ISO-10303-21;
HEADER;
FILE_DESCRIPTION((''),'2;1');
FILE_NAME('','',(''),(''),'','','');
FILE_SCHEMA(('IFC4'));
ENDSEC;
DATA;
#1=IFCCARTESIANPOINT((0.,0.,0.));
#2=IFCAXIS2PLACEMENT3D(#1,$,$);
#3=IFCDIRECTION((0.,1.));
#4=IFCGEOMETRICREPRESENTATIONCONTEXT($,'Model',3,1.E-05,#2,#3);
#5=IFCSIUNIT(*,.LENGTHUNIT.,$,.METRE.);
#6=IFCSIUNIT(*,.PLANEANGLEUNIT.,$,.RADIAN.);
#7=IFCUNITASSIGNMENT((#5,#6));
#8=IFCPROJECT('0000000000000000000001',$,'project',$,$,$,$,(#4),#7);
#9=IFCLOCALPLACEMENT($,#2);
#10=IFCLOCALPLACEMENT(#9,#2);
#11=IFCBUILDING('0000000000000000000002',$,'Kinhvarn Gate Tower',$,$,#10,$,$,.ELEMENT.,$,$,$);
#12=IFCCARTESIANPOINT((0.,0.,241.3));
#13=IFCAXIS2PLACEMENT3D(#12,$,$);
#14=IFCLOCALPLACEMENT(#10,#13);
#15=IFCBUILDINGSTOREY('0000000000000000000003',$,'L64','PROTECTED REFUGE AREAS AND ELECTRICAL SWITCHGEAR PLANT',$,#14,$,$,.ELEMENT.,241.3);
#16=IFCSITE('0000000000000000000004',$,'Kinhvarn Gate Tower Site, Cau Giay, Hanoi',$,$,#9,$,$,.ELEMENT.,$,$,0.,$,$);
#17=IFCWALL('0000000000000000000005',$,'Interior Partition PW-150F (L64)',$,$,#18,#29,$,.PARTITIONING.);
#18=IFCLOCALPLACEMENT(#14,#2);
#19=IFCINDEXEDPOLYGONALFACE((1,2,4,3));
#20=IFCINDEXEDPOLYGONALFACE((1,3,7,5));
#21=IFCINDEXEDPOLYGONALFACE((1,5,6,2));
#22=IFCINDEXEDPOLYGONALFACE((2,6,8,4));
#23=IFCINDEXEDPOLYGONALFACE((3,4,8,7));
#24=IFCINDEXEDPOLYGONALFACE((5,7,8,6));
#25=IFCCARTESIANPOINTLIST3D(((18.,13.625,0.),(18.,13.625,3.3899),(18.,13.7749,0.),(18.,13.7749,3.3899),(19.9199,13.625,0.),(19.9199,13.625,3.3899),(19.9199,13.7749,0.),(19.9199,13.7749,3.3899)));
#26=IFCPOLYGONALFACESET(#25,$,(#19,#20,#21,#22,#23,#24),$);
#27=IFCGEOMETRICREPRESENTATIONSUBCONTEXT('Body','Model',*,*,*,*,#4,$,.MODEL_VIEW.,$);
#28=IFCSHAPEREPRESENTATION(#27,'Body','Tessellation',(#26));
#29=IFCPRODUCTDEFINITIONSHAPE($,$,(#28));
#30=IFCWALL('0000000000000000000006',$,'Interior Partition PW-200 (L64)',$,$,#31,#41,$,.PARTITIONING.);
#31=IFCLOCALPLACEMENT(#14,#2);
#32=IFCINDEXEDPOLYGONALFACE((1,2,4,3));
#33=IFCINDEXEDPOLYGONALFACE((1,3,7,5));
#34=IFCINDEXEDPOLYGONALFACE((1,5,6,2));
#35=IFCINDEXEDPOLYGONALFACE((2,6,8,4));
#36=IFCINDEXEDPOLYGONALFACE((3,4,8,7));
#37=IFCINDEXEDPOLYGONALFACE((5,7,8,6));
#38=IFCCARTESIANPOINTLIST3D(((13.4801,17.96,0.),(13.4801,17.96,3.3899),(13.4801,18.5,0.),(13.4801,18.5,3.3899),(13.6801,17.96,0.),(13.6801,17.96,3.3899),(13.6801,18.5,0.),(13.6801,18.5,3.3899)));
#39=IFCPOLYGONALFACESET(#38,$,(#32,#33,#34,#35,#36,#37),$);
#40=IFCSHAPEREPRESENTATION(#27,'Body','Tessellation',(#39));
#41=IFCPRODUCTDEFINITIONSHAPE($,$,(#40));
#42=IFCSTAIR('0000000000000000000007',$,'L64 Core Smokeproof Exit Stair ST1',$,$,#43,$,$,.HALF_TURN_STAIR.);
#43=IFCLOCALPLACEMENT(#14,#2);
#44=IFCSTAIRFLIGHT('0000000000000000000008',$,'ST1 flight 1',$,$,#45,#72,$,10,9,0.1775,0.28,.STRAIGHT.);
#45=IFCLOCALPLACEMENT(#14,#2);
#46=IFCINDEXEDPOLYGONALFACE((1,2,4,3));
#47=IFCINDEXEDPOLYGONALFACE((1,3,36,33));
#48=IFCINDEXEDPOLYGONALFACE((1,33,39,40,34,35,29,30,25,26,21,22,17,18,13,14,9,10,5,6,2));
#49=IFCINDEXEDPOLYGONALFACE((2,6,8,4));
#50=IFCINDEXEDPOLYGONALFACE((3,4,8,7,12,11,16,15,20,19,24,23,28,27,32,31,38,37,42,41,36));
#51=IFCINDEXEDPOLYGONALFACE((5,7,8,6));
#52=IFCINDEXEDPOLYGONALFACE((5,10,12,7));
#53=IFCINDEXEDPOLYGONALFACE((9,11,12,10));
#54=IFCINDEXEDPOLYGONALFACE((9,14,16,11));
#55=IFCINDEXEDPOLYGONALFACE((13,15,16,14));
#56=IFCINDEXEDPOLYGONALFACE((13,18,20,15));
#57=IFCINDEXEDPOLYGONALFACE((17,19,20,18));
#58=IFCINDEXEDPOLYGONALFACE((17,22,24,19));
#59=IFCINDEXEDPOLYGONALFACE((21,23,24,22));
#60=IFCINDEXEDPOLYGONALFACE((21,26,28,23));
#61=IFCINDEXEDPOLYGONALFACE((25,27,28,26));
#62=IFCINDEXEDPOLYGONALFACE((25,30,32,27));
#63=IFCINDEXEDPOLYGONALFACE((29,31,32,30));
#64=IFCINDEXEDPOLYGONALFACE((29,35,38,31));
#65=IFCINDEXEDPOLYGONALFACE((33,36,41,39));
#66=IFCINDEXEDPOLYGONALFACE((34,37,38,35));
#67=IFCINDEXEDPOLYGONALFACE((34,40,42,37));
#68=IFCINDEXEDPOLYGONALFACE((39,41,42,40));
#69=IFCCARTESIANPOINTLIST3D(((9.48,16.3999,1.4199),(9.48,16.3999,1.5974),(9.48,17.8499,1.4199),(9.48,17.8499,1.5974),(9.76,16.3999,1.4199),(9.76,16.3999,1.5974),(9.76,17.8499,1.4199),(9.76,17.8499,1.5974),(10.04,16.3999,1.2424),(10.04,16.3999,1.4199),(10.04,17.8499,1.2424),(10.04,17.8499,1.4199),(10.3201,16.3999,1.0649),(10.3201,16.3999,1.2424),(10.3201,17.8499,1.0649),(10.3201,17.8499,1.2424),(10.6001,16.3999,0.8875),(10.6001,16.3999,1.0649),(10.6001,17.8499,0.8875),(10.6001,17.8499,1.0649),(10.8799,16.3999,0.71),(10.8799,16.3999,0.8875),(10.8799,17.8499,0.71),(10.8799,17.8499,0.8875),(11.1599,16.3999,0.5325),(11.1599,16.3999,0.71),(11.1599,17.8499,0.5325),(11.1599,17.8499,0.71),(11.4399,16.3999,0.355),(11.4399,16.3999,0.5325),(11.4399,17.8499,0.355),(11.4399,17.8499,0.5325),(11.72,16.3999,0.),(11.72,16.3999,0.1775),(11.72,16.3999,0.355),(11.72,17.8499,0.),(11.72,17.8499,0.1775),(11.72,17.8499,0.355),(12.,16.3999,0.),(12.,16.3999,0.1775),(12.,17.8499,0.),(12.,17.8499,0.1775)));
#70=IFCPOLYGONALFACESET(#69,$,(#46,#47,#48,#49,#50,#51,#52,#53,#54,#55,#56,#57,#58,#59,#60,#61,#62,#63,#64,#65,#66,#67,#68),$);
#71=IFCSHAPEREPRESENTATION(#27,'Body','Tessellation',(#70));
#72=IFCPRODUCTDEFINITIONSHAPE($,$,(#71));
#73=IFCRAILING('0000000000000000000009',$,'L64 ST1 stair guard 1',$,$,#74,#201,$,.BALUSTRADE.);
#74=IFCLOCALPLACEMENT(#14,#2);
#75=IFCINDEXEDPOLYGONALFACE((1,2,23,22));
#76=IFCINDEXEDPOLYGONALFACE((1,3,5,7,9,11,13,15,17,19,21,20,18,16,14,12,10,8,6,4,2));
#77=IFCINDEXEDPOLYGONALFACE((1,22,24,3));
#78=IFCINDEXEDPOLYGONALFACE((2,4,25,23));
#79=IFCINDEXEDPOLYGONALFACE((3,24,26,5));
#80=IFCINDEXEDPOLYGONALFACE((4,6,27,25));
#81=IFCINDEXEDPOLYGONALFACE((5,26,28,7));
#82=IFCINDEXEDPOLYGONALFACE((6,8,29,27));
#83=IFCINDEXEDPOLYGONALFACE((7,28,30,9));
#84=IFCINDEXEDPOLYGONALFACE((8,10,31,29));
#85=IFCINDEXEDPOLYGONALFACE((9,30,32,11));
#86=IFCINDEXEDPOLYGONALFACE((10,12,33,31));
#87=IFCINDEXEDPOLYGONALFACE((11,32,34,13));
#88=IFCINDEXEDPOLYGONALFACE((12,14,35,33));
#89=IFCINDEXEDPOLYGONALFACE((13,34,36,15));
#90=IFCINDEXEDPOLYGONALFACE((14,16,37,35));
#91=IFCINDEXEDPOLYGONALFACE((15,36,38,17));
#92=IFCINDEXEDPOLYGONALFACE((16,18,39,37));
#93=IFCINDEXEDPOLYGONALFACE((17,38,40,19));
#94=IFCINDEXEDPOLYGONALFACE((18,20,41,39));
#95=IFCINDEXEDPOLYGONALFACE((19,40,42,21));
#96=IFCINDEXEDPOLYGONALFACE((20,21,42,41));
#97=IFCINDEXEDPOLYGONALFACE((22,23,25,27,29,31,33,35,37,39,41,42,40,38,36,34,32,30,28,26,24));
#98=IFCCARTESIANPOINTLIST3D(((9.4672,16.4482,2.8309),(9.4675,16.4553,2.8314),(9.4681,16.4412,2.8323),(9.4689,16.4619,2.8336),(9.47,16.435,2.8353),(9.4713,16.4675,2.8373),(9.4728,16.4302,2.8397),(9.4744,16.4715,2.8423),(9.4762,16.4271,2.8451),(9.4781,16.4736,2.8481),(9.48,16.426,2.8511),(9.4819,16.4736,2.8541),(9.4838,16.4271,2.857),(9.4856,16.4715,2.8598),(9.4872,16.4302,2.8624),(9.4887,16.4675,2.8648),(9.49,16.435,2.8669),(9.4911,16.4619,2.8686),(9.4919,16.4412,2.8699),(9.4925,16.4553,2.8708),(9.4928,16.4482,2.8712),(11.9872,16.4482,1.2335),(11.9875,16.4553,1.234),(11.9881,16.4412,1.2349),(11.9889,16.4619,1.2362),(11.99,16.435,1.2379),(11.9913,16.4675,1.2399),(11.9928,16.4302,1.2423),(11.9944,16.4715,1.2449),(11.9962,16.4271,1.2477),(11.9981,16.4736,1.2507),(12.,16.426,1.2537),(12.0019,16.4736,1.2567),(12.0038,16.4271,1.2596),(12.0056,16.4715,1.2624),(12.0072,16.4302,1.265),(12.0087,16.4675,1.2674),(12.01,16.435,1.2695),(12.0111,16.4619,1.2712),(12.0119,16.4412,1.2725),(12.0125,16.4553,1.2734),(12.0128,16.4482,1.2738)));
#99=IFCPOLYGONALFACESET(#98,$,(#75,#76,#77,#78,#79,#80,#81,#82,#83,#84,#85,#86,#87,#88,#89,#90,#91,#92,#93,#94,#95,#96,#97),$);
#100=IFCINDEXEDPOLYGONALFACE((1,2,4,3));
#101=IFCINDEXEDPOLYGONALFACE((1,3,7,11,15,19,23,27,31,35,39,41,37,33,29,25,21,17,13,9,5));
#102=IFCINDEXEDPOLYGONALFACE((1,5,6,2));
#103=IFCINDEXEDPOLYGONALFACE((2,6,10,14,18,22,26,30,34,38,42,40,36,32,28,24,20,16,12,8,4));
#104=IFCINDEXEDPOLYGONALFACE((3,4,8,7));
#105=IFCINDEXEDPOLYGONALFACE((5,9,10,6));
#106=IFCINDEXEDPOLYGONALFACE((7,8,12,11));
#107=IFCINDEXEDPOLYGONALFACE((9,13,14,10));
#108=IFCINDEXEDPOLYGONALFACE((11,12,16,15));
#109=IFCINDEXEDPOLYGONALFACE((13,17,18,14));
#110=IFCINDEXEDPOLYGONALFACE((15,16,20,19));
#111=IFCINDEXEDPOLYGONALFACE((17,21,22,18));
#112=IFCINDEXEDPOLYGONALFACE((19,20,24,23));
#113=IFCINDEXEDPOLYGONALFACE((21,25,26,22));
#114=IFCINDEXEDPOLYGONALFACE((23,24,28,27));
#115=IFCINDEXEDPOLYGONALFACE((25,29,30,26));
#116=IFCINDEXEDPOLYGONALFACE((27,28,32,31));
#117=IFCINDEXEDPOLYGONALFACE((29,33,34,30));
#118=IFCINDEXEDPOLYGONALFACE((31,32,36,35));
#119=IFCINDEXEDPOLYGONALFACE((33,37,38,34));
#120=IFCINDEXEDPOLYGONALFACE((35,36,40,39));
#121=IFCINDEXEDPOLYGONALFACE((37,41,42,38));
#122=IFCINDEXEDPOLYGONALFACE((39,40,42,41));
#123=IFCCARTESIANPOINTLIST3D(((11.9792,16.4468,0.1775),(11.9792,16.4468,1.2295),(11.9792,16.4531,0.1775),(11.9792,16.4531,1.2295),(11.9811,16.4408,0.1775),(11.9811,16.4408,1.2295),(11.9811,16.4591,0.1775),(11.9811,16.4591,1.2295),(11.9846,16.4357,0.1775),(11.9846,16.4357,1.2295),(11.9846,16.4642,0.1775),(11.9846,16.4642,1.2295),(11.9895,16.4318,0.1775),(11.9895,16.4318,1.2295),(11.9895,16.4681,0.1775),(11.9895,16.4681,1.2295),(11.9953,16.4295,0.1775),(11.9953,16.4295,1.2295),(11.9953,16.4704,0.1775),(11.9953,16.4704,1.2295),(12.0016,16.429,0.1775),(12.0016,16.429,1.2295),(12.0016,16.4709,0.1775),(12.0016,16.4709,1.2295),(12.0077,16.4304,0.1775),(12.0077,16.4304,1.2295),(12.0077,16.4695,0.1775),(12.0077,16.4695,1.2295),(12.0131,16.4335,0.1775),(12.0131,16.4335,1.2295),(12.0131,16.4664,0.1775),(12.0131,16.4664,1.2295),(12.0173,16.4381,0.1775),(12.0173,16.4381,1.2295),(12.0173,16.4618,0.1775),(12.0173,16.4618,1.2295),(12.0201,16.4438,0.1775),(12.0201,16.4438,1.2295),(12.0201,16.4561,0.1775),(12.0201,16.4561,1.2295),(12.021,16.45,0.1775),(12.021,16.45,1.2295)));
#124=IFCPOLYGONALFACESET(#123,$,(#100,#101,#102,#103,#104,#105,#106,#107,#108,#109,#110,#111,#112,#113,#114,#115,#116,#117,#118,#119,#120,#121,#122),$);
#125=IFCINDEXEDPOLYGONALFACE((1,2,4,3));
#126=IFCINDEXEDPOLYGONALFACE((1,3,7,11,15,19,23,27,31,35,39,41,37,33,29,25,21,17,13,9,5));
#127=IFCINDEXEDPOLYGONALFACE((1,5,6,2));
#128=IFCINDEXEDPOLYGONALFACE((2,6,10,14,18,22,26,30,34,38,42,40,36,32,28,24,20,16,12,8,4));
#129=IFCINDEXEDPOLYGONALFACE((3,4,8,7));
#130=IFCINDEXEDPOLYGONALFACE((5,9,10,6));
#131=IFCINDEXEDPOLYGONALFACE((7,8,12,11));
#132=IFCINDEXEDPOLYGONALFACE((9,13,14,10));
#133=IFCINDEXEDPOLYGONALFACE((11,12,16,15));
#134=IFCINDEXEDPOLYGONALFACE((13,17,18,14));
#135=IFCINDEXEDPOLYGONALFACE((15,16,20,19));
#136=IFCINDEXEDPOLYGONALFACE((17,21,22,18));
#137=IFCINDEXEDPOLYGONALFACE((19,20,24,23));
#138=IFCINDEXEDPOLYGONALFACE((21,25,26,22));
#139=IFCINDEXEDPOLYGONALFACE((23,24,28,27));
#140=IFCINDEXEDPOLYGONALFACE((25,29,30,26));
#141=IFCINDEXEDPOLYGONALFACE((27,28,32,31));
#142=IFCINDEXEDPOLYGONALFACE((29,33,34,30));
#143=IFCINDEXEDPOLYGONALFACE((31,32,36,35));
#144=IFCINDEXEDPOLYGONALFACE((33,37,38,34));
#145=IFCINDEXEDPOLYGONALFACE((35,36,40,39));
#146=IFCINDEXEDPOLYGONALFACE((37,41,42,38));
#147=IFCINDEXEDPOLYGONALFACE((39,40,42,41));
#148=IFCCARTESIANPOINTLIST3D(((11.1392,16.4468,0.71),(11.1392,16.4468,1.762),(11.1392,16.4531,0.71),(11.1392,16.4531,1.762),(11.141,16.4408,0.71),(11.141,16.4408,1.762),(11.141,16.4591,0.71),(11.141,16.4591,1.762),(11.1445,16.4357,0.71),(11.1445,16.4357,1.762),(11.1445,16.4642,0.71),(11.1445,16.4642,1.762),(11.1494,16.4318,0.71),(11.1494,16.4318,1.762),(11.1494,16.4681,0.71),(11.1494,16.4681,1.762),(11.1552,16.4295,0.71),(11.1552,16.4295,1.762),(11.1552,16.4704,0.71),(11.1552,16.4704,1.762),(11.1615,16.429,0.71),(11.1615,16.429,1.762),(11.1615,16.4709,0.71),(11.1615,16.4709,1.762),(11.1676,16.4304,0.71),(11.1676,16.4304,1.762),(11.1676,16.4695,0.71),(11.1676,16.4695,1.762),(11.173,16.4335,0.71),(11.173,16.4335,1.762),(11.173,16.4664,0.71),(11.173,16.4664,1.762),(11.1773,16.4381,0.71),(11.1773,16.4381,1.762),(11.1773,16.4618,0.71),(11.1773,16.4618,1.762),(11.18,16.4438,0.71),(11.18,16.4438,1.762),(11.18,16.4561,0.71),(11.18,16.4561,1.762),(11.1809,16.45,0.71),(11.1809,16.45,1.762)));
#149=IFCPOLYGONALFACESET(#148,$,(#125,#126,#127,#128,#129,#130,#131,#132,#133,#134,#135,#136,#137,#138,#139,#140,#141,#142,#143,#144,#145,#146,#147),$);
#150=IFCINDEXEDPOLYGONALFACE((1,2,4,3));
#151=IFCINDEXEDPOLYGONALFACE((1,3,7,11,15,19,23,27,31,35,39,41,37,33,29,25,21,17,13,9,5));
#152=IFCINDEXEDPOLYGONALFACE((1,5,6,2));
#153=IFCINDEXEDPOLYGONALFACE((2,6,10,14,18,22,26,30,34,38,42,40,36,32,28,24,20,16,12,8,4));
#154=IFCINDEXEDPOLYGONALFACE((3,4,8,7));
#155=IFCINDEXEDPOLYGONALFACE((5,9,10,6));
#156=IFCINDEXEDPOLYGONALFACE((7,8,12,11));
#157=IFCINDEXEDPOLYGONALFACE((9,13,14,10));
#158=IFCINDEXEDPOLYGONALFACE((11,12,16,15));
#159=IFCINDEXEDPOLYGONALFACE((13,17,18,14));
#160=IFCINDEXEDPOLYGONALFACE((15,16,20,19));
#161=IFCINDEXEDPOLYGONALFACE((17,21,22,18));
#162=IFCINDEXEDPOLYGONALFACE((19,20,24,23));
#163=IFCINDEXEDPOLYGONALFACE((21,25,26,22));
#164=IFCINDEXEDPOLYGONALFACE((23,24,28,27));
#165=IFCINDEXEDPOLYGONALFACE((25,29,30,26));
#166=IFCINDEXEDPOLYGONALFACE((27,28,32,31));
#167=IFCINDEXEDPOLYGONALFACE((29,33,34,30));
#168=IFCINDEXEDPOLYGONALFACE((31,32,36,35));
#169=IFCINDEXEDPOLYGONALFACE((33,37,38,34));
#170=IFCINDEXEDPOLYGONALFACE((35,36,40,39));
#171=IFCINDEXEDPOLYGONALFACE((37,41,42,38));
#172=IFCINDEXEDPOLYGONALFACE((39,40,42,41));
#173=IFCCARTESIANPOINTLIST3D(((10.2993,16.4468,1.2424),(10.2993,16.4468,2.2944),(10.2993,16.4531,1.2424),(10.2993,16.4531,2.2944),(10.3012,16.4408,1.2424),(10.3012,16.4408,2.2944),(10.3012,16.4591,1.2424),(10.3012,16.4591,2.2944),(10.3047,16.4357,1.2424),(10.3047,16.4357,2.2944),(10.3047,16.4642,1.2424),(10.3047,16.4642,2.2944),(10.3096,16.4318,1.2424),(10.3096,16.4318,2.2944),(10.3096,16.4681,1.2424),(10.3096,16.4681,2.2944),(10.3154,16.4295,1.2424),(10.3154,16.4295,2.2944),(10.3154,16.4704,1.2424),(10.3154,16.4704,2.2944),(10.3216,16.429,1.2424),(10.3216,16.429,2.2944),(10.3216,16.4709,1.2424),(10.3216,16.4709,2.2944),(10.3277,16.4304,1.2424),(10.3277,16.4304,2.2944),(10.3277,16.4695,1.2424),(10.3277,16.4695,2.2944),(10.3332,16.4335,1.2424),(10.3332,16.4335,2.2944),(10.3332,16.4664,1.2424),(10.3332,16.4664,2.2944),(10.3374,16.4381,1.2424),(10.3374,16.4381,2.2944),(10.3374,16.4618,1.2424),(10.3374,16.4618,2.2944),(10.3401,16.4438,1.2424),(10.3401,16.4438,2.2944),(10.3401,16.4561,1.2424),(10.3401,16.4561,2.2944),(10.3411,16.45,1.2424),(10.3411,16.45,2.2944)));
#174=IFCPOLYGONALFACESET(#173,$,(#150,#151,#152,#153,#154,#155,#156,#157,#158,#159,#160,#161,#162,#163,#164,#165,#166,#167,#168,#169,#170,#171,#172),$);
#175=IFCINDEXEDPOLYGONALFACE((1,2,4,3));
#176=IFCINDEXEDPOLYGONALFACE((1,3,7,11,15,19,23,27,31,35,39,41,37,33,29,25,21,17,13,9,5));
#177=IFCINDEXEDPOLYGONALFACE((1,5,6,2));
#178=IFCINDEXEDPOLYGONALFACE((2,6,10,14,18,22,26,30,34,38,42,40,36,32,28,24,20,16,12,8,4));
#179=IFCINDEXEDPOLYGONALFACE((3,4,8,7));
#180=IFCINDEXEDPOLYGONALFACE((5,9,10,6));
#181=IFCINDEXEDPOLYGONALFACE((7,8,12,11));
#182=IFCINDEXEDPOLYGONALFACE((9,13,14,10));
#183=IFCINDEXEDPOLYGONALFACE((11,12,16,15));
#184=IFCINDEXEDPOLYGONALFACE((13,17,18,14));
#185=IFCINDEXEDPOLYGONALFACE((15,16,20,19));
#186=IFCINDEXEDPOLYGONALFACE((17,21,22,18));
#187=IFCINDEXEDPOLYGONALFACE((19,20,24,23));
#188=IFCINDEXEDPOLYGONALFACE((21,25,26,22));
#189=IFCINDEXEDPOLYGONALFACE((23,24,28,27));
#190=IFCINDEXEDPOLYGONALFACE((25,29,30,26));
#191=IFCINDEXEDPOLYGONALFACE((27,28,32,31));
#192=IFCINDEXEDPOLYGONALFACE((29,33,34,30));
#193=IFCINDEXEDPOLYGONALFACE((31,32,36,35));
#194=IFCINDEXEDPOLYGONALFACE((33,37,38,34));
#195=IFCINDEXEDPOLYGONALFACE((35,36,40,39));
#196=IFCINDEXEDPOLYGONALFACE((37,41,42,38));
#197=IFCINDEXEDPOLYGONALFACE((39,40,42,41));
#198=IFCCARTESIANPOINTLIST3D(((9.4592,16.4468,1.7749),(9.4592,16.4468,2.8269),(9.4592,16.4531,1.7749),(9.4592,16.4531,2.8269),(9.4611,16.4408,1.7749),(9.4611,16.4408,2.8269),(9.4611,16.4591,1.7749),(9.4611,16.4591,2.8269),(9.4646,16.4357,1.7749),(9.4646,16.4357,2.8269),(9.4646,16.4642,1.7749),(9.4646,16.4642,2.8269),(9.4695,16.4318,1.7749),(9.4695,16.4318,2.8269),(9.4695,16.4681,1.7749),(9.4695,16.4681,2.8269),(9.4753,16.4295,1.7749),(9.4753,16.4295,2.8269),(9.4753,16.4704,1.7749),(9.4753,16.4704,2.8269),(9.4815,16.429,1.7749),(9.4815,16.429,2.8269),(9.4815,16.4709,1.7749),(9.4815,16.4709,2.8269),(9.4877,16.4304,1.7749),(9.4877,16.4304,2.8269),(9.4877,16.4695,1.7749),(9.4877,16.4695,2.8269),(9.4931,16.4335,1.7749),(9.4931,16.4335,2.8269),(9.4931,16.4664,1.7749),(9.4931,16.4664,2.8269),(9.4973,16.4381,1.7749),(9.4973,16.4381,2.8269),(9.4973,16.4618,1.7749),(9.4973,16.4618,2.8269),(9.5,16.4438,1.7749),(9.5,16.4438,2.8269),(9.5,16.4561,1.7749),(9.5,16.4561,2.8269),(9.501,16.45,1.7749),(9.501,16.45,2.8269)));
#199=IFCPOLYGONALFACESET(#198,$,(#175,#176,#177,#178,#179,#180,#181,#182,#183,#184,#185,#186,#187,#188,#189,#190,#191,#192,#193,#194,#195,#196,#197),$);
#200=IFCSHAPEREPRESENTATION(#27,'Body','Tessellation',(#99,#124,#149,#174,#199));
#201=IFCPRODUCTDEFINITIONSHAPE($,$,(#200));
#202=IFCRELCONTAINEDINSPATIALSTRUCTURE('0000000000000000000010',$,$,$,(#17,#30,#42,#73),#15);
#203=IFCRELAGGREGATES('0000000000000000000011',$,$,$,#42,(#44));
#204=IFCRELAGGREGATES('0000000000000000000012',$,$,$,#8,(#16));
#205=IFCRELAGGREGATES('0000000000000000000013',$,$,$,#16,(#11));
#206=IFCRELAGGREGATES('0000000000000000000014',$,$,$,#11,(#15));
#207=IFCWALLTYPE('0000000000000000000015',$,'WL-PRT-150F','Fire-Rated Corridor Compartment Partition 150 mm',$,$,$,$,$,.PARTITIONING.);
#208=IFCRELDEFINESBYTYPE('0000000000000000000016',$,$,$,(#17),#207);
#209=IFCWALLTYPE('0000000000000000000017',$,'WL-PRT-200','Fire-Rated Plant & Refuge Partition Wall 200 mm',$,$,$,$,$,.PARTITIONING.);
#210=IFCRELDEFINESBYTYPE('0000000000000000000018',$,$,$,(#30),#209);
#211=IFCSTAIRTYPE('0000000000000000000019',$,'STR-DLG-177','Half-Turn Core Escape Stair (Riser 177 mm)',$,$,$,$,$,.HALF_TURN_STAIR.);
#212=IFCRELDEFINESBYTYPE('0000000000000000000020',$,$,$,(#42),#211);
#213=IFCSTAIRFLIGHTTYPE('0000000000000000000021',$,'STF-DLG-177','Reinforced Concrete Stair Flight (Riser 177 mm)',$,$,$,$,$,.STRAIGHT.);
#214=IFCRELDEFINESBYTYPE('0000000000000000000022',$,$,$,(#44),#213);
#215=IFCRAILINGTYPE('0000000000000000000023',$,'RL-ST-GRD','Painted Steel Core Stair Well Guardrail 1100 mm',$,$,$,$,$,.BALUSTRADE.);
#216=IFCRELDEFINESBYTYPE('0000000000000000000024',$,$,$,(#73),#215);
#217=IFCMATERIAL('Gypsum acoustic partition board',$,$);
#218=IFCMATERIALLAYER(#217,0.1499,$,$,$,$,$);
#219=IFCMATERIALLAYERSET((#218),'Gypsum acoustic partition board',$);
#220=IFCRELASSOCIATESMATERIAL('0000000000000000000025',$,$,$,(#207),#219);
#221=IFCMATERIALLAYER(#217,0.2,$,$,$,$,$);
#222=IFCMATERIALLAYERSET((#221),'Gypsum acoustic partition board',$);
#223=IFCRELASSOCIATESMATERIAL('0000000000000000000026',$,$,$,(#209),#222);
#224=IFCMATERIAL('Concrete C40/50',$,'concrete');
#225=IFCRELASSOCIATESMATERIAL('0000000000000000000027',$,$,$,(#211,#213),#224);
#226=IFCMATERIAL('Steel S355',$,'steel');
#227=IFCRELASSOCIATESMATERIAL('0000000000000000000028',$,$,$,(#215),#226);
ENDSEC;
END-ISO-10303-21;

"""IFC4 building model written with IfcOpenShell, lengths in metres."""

from ifc_helpers import new_model, si_unit, direction, frame, frame_2d, origin, origin_2d, place, context, subcontext, project, spatial, polyline, rectangle, circle, outline, extrude, material, layer, layer_set, type_object, element, aggregate, save


model = new_model("IFC4")

# Units and contexts
model_context = context("Model", 3, precision=1e-05, world=origin(), true_north=direction((0.0, 1.0)))
body_context = subcontext(model_context, "Body", "Model", "MODEL_VIEW")
ifc_project = project(units=[si_unit("LENGTHUNIT", "METRE"), si_unit("PLANEANGLEUNIT", "RADIAN")], contexts=[model_context])

# Site, building, storey
site_placement = place(None, origin())
site = spatial("IfcSite", under=ifc_project, at=site_placement, Name="Kinhvarn Gate Tower Site, Cau Giay, Hanoi", CompositionType="ELEMENT", RefElevation=0.0)
building_placement = place(site_placement, origin())
building = spatial("IfcBuilding", under=site, at=building_placement, Name="Kinhvarn Gate Tower", CompositionType="ELEMENT")
storey_placement = place(building_placement, frame((0.0, 0.0, 241.3)))
storey = spatial("IfcBuildingStorey", under=building, at=storey_placement, Name="L64", Description="PROTECTED REFUGE AREAS AND ELECTRICAL SWITCHGEAR PLANT", CompositionType="ELEMENT", Elevation=241.3)

# Shared definitions
ifc_material_1 = material(Name="Steel S355", Category="steel")

# Shared definitions
ifc_material_2 = material(Name="Gypsum acoustic partition board")
ifc_layer_1 = layer(ifc_material_2, 0.1499)
ifc_layer_set_1 = layer_set([ifc_layer_1], Name="Gypsum acoustic partition board")
wall_type_1 = type_object("IfcWallType", Name="WL-PRT-150F", Description="Fire-Rated Corridor Compartment Partition 150 mm", PredefinedType="PARTITIONING", material=ifc_layer_set_1)

# Walls
wall_1_placement = place(storey_placement, frame((19.9199, 13.7, 0.0), z_axis=(0.0, 0.0, 1.0), x_axis=(-1.0, 0.0, 0.0)))
element("IfcWall", 1, at=wall_1_placement, inside=storey, type_object=wall_type_1, Name="Interior Partition PW-150F (L64)", PredefinedType="PARTITIONING", context=body_context, shape_type="SweptSolid", body=[
    extrude(rectangle(XDim=1.9199, YDim=0.1499, at=frame_2d((0.96, 0.0))), origin(), (0.0, 0.0, 1.0), 3.3899),
])
ifc_layer_2 = layer(ifc_material_2, 0.2)
ifc_layer_set_2 = layer_set([ifc_layer_2], Name="Gypsum acoustic partition board")
wall_type_2 = type_object("IfcWallType", Name="WL-PRT-200", Description="Fire-Rated Plant & Refuge Partition Wall 200 mm", PredefinedType="PARTITIONING", material=ifc_layer_set_2)
wall_2_placement = place(storey_placement, frame((13.5801, 17.96, 0.0), z_axis=(0.0, 0.0, 1.0), x_axis=(0.0, 1.0, 0.0)))
element("IfcWall", 2, at=wall_2_placement, inside=storey, type_object=wall_type_2, Name="Interior Partition PW-200 (L64)", PredefinedType="PARTITIONING", context=body_context, shape_type="SweptSolid", body=[
    extrude(rectangle(XDim=0.54, YDim=0.2, at=frame_2d((0.27, 0.0))), origin(), (0.0, 0.0, 1.0), 3.3899),
])

# Shared definitions
ifc_material_3 = material(Name="Concrete C40/50", Category="concrete")

# Stair, stair flight
stair_type = type_object("IfcStairType", Name="STR-DLG-177", Description="Half-Turn Core Escape Stair (Riser 177 mm)", PredefinedType="HALF_TURN_STAIR", material=ifc_material_3)
stair_placement = place(storey_placement, origin())
stair = element("IfcStair", 3, at=stair_placement, inside=storey, type_object=stair_type, Name="L64 Core Smokeproof Exit Stair ST1", PredefinedType="HALF_TURN_STAIR")
stair_flight_type = type_object("IfcStairFlightType", Name="STF-DLG-177", Description="Reinforced Concrete Stair Flight (Riser 177 mm)", PredefinedType="STRAIGHT", material=ifc_material_3)
stair_flight_placement = place(storey_placement, frame((12.0, 17.125, 0.0), z_axis=(0.0, 0.0, 1.0), x_axis=(-1.0, 0.0, 0.0)))
stair_flight = element("IfcStairFlight", 4, at=stair_flight_placement, type_object=stair_flight_type, Name="ST1 flight 1", NumberOfRisers=10, NumberOfTreads=9, PredefinedType="STRAIGHT", RiserHeight=0.1775, TreadLength=0.28, context=body_context, shape_type="SweptSolid", body=[
    extrude(outline(polyline([(0.0, 0.0), (0.0, 0.1775), (0.28, 0.1775), (0.28, 0.355), (0.5601, 0.355), (0.5601, 0.5325), (0.8401, 0.5325), (0.8401, 0.71), (1.1201, 0.71), (1.1201, 0.8875), (1.3999, 0.8875), (1.3999, 1.0649), (1.6799, 1.0649), (1.6799, 1.2424), (1.96, 1.2424), (1.96, 1.4199), (2.24, 1.4199), (2.24, 1.5974), (2.52, 1.5974), (2.52, 1.7749), (2.52, 1.4199), (0.28, 0.0), (0.0, 0.0)])), frame((0.0, 0.7251, 0.0), z_axis=(0.0, -1.0, 0.0), x_axis=(1.0, 0.0, 0.0)), (0.0, 0.0, 1.0), 1.45),
])
aggregate(stair, [stair_flight])

# Railing
railing_type_1 = type_object("IfcRailingType", Name="RL-ST-GRD", Description="Painted Steel Core Stair Well Guardrail 1100 mm", PredefinedType="BALUSTRADE", material=ifc_material_1)
railing_1_placement = place(storey_placement, frame((12.0, 16.45, 0.1775)))
element("IfcRailing", 5, at=railing_1_placement, inside=storey, type_object=railing_type_1, Name="L64 ST1 stair guard 1", PredefinedType="BALUSTRADE", context=body_context, shape_type="SweptSolid", body=[
    extrude(circle(Radius=0.0239, at=origin_2d()), frame((0.0, 0.0, 1.0762), z_axis=(-0.844607, 0.0, 0.535387), x_axis=(0.0, -1.0, 0.0)), (0.0, 0.0, 1.0), 2.9836),
    extrude(circle(Radius=0.021, at=origin_2d()), origin(), (0.0, 0.0, 1.0), 1.052),
    extrude(circle(Radius=0.021, at=origin_2d()), frame((-0.8401, 0.0, 0.5325)), (0.0, 0.0, 1.0), 1.052),
    extrude(circle(Radius=0.021, at=origin_2d()), frame((-1.6799, 0.0, 1.0649)), (0.0, 0.0, 1.0), 1.052),
    extrude(circle(Radius=0.021, at=origin_2d()), frame((-2.52, 0.0, 1.5974)), (0.0, 0.0, 1.0), 1.052),
])

save(model, "model.ifc")
